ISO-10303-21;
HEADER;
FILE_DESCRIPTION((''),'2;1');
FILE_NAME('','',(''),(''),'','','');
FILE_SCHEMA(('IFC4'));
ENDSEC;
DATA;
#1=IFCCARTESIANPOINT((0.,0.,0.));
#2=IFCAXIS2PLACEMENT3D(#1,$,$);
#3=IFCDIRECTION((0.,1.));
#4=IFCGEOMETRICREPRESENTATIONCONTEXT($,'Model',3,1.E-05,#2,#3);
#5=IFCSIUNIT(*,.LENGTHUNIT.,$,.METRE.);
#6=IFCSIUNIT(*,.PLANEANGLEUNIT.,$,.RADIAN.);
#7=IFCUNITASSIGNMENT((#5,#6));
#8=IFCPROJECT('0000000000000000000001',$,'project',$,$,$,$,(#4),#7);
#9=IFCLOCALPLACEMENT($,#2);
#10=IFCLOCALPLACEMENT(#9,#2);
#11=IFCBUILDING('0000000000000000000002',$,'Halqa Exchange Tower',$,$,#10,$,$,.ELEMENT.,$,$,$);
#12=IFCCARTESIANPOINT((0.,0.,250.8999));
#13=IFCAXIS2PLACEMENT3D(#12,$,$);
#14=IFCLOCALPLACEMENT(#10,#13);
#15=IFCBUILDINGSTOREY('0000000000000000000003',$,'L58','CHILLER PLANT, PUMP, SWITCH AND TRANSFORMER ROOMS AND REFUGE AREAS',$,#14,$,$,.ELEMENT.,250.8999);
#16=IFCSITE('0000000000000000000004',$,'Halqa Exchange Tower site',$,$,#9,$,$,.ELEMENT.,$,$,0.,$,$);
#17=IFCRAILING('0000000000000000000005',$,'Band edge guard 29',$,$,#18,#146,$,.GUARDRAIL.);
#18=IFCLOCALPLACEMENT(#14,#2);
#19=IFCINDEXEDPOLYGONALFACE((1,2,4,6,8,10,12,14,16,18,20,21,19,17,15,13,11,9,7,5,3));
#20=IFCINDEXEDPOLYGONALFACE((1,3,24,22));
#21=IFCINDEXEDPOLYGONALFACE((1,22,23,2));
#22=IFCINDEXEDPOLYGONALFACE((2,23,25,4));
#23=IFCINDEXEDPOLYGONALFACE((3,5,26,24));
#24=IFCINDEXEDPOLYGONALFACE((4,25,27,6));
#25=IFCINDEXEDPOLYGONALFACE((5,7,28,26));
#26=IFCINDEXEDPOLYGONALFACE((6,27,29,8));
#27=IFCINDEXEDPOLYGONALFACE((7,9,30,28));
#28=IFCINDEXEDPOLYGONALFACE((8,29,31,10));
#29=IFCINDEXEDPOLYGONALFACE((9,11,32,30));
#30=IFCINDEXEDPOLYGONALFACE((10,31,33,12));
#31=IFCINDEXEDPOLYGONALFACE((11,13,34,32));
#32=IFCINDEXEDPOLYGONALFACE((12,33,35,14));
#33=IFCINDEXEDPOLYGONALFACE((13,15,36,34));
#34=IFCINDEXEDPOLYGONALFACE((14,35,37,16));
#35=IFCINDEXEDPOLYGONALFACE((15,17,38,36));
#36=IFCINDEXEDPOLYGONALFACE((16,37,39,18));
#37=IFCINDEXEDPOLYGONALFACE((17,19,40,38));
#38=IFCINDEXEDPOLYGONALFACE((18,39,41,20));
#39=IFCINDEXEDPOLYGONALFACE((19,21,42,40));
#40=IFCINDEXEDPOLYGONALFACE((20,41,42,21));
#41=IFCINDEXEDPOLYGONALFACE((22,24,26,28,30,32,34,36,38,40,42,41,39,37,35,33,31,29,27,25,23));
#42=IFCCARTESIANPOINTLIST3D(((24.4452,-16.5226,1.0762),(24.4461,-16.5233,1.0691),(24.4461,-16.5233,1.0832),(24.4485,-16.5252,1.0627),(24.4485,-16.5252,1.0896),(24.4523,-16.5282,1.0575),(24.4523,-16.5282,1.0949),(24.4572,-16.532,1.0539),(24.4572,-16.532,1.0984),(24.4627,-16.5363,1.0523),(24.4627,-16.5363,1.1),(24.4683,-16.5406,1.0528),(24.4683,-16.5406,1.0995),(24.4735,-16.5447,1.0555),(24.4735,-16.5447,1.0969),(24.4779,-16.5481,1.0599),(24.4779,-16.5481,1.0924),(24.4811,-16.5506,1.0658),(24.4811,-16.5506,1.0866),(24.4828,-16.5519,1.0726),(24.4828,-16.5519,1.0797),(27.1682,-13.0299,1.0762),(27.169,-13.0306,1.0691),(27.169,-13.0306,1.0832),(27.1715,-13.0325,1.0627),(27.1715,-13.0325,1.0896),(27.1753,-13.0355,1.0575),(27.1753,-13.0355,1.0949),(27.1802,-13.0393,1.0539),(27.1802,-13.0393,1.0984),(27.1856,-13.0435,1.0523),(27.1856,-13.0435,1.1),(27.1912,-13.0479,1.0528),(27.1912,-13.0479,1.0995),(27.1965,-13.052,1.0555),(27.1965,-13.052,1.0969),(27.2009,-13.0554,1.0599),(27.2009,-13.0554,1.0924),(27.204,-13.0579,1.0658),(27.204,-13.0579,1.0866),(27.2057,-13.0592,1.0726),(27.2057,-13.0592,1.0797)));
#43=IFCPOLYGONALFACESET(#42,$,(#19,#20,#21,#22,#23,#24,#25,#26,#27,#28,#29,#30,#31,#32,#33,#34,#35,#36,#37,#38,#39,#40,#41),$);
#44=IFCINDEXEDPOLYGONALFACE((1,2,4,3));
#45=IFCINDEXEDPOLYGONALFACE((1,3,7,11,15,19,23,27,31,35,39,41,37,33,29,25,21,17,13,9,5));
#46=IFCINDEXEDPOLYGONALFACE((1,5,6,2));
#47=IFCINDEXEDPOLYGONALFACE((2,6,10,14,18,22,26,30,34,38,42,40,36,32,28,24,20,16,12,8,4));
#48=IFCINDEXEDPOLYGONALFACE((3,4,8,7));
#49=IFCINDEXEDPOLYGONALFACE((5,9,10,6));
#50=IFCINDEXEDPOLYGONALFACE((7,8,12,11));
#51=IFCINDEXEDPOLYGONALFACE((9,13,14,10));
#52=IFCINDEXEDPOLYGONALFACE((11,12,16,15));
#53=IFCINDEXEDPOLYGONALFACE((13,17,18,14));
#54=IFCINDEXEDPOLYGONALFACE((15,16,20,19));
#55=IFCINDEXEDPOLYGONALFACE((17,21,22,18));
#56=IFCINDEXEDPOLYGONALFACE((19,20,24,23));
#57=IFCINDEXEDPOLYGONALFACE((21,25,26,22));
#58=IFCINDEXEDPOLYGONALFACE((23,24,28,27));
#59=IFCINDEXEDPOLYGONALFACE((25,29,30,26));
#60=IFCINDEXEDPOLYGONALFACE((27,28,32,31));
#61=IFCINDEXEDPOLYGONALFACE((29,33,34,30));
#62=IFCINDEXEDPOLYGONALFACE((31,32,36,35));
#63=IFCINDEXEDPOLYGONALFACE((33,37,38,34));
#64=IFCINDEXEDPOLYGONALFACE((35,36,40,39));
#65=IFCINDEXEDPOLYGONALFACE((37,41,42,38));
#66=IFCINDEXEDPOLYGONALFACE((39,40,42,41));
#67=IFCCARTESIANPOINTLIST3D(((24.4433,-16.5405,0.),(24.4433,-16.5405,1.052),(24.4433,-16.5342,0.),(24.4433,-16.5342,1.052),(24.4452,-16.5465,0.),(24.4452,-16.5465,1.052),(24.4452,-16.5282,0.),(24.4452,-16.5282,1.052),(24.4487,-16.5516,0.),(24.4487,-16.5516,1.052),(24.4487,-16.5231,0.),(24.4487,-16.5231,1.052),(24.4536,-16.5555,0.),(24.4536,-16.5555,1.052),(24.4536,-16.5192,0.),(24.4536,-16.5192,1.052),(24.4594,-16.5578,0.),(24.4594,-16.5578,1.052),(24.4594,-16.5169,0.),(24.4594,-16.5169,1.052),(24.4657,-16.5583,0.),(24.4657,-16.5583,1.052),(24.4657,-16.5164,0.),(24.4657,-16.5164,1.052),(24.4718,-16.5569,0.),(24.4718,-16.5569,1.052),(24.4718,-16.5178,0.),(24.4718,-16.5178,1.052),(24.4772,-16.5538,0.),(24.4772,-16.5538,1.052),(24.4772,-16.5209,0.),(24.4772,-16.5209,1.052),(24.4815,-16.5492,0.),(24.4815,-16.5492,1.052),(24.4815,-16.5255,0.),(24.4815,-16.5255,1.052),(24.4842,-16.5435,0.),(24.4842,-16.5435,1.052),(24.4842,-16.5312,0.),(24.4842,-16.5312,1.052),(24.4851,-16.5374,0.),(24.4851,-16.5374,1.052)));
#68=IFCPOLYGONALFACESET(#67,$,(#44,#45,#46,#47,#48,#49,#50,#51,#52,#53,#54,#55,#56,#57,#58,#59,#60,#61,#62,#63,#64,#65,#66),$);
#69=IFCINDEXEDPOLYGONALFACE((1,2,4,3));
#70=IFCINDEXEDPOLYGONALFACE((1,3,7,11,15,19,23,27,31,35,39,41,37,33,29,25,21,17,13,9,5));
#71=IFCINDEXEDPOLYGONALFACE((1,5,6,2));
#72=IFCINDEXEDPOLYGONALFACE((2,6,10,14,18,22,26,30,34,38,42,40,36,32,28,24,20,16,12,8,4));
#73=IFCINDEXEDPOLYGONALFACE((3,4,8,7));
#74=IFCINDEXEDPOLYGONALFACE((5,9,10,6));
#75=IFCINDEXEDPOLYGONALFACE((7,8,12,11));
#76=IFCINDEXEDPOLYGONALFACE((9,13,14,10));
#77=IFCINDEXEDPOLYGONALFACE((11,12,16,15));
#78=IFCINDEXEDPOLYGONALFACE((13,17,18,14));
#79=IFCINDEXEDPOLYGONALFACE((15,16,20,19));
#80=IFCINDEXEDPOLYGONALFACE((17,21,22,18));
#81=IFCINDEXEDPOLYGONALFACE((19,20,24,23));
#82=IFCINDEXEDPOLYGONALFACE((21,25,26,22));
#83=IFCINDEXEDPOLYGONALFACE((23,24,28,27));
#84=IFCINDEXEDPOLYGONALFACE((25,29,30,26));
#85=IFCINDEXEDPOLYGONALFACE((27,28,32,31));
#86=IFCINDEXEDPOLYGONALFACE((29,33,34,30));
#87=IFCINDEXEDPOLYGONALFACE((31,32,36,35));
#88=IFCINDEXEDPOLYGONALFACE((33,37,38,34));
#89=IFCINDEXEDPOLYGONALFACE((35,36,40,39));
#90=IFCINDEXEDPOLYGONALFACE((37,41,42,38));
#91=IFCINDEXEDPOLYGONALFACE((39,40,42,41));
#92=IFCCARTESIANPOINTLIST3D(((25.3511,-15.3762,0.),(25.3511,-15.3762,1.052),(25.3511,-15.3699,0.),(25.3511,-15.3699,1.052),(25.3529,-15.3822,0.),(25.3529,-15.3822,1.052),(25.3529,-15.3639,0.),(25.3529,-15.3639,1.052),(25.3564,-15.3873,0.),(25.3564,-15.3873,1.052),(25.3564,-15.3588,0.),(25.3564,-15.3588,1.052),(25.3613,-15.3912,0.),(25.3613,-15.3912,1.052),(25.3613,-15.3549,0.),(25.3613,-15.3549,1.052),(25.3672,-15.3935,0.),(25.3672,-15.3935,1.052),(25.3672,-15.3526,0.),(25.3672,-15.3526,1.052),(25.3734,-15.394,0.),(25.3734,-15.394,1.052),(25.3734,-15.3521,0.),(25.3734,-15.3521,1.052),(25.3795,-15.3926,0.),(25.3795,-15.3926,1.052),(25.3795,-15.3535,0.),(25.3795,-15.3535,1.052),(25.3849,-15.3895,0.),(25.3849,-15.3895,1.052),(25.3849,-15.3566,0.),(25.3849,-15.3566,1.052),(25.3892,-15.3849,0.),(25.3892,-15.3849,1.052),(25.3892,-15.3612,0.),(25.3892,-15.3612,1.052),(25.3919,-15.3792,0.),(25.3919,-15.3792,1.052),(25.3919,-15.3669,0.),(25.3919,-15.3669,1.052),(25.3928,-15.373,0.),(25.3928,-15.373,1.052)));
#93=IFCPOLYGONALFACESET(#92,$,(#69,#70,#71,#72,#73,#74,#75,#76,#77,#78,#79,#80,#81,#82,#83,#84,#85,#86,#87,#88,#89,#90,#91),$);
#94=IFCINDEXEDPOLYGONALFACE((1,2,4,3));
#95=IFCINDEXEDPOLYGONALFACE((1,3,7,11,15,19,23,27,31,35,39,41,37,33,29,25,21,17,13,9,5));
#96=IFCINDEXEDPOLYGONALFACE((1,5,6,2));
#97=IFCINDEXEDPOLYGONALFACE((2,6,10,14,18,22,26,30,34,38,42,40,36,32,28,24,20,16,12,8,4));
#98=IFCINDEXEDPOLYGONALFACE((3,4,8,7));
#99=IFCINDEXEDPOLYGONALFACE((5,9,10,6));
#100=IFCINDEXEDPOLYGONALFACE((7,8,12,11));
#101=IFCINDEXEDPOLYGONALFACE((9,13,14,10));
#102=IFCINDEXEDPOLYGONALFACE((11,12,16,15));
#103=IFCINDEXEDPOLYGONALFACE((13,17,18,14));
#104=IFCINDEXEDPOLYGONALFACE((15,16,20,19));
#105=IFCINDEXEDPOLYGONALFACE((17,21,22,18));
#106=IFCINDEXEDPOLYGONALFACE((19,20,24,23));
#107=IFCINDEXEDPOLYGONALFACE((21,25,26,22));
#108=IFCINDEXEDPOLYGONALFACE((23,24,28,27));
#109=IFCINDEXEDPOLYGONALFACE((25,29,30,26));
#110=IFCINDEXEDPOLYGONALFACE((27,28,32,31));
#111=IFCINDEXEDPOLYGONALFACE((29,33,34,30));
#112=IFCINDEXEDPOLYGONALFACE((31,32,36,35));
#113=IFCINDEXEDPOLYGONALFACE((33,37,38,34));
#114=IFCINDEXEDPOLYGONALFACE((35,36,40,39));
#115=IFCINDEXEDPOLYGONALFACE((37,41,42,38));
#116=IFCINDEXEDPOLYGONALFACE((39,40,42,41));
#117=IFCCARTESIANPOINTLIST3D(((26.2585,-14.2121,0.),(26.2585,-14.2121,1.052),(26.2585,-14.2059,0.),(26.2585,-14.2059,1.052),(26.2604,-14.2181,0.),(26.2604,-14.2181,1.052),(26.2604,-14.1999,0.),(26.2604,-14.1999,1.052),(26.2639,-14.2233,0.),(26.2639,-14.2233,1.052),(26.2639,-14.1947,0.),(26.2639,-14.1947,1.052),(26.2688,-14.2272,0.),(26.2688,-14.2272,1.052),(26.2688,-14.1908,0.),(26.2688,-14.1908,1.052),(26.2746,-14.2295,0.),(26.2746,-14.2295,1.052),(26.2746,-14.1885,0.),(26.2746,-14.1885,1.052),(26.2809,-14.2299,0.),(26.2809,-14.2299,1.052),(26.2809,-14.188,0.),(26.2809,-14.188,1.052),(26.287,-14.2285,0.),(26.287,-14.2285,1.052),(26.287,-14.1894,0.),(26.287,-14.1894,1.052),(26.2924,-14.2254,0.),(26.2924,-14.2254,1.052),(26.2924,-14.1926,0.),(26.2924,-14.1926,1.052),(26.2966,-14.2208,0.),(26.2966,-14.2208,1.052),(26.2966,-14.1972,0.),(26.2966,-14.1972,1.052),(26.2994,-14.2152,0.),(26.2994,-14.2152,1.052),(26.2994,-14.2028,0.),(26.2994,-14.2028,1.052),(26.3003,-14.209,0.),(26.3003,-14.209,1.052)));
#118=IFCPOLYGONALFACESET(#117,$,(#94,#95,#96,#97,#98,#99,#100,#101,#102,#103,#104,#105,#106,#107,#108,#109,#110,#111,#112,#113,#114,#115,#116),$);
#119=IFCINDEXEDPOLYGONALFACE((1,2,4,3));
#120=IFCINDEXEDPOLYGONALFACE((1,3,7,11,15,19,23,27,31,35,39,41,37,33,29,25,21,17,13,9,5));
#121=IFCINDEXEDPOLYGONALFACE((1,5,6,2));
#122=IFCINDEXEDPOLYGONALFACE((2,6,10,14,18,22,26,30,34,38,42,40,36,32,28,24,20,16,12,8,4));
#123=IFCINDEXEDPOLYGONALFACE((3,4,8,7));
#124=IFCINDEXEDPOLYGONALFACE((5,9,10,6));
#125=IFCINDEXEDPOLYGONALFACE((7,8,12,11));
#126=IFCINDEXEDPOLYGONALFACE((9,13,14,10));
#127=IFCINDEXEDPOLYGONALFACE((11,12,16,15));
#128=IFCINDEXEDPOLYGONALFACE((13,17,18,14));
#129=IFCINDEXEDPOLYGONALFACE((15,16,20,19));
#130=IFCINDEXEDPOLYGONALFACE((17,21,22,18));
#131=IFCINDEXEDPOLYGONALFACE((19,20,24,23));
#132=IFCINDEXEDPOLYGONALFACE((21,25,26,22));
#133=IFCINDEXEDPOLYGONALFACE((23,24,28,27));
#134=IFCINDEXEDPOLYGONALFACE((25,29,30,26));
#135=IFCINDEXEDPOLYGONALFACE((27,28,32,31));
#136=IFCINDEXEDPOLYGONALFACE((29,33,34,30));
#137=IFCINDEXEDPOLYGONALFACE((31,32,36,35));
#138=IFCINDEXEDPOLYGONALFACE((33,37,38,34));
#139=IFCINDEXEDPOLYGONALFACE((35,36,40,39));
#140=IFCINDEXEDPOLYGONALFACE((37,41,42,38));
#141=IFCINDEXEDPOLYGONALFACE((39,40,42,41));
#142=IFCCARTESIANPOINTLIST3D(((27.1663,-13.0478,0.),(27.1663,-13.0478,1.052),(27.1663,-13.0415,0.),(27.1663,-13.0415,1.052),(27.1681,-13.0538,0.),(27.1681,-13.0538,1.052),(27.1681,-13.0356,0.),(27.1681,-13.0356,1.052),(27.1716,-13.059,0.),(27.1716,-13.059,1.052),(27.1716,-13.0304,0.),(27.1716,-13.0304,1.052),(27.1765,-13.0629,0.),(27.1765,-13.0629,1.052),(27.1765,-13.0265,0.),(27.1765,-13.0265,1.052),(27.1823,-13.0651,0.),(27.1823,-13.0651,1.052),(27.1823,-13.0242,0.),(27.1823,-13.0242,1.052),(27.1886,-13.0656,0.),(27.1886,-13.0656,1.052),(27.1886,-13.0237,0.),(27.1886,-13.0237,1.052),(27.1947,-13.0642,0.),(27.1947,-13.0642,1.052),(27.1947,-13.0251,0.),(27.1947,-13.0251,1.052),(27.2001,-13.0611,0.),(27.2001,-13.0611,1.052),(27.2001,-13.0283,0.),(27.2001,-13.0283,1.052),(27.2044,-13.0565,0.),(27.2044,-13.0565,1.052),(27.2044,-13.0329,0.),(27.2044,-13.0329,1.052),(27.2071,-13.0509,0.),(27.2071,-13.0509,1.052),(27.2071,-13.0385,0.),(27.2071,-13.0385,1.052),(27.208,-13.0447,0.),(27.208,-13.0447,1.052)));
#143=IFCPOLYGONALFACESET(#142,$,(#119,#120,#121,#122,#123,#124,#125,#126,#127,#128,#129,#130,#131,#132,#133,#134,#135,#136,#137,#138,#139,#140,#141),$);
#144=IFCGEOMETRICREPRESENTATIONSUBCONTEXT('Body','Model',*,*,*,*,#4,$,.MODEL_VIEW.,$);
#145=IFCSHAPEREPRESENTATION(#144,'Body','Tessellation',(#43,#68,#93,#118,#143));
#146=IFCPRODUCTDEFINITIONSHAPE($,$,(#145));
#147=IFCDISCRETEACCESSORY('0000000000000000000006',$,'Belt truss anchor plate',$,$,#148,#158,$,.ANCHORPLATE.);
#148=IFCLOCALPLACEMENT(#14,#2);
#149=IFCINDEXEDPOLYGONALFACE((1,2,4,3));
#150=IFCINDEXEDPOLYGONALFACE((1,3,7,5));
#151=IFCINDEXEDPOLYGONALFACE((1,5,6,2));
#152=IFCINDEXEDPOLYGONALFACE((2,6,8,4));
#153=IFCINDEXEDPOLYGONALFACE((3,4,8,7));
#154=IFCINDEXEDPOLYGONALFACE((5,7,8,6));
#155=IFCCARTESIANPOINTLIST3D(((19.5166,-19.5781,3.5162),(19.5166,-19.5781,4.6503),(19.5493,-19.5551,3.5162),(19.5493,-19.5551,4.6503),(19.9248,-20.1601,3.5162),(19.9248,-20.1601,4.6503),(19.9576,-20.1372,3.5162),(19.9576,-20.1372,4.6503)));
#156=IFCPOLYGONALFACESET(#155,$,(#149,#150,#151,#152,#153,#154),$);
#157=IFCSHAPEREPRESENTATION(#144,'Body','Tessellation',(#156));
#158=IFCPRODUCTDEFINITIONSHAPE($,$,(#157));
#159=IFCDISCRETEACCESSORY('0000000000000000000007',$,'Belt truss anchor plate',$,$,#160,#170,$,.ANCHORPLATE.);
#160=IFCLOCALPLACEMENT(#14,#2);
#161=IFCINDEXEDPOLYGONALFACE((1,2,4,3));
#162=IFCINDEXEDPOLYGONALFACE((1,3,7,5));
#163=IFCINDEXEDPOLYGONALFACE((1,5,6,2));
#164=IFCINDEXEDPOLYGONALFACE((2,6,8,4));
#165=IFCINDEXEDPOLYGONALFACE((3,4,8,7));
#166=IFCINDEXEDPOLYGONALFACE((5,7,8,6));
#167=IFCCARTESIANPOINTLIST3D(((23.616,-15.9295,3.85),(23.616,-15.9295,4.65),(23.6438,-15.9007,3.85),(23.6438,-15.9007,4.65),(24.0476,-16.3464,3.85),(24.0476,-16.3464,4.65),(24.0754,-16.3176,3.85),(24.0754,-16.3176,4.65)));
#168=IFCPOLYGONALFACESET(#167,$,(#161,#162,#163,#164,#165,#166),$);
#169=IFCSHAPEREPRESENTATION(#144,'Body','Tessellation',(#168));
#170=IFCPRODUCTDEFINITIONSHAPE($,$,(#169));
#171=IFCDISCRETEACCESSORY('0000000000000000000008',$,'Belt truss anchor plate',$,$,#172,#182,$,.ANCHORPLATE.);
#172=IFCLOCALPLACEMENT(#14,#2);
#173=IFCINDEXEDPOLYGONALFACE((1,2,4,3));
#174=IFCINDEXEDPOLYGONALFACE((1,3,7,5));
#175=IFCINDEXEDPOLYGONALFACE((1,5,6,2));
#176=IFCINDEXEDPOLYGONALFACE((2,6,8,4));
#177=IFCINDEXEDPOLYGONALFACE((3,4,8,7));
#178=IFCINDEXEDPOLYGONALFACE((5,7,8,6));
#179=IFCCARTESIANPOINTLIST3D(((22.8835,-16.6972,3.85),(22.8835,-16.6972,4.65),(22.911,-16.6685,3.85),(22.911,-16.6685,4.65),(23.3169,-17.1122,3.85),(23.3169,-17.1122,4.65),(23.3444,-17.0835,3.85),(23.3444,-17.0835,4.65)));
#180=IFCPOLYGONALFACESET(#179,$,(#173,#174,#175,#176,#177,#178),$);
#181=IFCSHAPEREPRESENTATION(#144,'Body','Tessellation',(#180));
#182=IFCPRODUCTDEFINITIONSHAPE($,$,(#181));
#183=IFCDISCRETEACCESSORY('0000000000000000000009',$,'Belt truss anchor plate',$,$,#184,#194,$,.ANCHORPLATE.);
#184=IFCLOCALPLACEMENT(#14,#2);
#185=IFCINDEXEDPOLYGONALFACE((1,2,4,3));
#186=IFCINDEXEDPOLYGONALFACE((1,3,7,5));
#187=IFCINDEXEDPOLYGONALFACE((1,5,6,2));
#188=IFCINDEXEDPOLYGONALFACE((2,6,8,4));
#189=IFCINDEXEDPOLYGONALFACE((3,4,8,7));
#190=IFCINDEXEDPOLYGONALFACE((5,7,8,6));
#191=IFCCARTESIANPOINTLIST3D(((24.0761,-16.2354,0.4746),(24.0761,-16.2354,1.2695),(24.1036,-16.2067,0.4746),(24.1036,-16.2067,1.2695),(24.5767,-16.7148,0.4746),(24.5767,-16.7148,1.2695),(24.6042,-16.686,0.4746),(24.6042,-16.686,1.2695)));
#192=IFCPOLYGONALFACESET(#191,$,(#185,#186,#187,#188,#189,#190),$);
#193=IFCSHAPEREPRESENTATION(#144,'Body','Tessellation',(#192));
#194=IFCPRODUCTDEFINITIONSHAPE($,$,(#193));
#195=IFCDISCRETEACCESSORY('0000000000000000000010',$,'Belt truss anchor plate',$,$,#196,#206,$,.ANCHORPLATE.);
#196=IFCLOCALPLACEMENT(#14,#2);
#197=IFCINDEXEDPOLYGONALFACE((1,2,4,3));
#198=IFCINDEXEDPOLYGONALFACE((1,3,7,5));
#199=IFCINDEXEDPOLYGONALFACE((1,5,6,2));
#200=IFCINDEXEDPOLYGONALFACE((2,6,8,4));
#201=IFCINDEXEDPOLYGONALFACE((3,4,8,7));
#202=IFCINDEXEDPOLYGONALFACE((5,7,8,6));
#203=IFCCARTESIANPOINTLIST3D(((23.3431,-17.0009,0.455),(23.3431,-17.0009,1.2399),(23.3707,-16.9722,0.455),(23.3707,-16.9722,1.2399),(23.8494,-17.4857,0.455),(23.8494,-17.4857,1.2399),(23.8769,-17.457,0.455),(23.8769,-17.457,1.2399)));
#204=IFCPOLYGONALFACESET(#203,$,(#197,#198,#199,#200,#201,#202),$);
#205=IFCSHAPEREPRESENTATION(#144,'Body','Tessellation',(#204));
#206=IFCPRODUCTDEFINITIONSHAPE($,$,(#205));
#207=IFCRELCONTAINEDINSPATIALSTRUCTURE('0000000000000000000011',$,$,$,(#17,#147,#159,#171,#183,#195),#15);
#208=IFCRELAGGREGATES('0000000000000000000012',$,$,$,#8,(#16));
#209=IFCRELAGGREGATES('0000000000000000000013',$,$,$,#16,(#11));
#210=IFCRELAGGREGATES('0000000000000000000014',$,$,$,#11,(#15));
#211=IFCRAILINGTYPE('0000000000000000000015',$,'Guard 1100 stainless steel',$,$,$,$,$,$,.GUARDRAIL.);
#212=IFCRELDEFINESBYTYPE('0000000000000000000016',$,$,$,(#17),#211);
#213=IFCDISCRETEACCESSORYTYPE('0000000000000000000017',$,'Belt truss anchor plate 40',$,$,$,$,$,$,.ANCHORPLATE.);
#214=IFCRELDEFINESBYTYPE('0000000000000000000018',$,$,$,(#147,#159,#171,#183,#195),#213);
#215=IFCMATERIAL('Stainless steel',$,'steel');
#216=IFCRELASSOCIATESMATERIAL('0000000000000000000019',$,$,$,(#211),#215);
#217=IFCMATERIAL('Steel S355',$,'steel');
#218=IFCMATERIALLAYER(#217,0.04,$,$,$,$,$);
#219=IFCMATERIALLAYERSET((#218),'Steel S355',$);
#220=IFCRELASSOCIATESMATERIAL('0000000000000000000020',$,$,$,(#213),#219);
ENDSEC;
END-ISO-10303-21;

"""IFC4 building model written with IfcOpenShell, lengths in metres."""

from ifc_helpers import new_model, si_unit, direction, frame, origin, origin_2d, place, context, subcontext, project, spatial, rectangle, circle, extrude, material, layer, layer_set, type_object, element, save


model = new_model("IFC4")

# Units and contexts
model_context = context("Model", 3, precision=1e-05, world=origin(), true_north=direction((0.0, 1.0)))
body_context = subcontext(model_context, "Body", "Model", "MODEL_VIEW")
ifc_project = project(units=[si_unit("LENGTHUNIT", "METRE"), si_unit("PLANEANGLEUNIT", "RADIAN")], contexts=[model_context])

# Site, building, storey
site_placement = place(None, origin())
site = spatial("IfcSite", under=ifc_project, at=site_placement, Name="Halqa Exchange Tower site", CompositionType="ELEMENT", RefElevation=0.0)
building_placement = place(site_placement, origin())
building = spatial("IfcBuilding", under=site, at=building_placement, Name="Halqa Exchange Tower", CompositionType="ELEMENT")
storey_placement = place(building_placement, frame((0.0, 0.0, 250.8999)))
storey = spatial("IfcBuildingStorey", under=building, at=storey_placement, Name="L58", Description="CHILLER PLANT, PUMP, SWITCH AND TRANSFORMER ROOMS AND REFUGE AREAS", CompositionType="ELEMENT", Elevation=250.8999)

# Shared definitions
ifc_material_1 = material(Name="Steel S355", Category="steel")

# Railing
ifc_material_2 = material(Name="Stainless steel", Category="steel")
railing_type = type_object("IfcRailingType", Name="Guard 1100 stainless steel", PredefinedType="GUARDRAIL", material=ifc_material_2)
railing_1_placement = place(storey_placement, frame((24.4641, -16.5374, 0.0)))
element("IfcRailing", 1, at=railing_1_placement, inside=storey, type_object=railing_type, Name="Band edge guard 29", PredefinedType="GUARDRAIL", context=body_context, shape_type="SweptSolid", body=[
    extrude(circle(Radius=0.0239, at=origin_2d()), frame((0.0, 0.0, 1.0762), z_axis=(0.614837, 0.788654, 0.0), x_axis=(-0.788654, 0.614837, 0.0)), (0.0, 0.0, 1.0), 4.4287),
    extrude(circle(Radius=0.021, at=origin_2d()), origin(), (0.0, 0.0, 1.0), 1.052),
    extrude(circle(Radius=0.021, at=origin_2d()), frame((0.9077, 1.1643, 0.0)), (0.0, 0.0, 1.0), 1.052),
    extrude(circle(Radius=0.021, at=origin_2d()), frame((1.8152, 2.3284, 0.0)), (0.0, 0.0, 1.0), 1.052),
    extrude(circle(Radius=0.021, at=origin_2d()), frame((2.7229, 3.4927, 0.0)), (0.0, 0.0, 1.0), 1.052),
])

# Discrete accessories
ifc_layer_1 = layer(ifc_material_1, 0.04)
ifc_layer_set_1 = layer_set([ifc_layer_1], Name="Steel S355")
discrete_accessory_type = type_object("IfcDiscreteAccessoryType", Name="Belt truss anchor plate 40", PredefinedType="ANCHORPLATE", material=ifc_layer_set_1)
discrete_accessory_1_placement = place(storey_placement, frame((19.7207, -19.8691, 4.0833), z_axis=(0.818657, 0.574282, 0.0), x_axis=(-0.574282, 0.818657, 0.0)))
element("IfcDiscreteAccessory", 2, at=discrete_accessory_1_placement, inside=storey, type_object=discrete_accessory_type, Name="Belt truss anchor plate", PredefinedType="ANCHORPLATE", context=body_context, shape_type="SweptSolid", body=[
    extrude(rectangle(XDim=0.7109, YDim=1.134, at=origin_2d()), origin(), (0.0, 0.0, 1.0), 0.04),
])
discrete_accessory_2_placement = place(storey_placement, frame((23.8318, -16.1379, 4.25), z_axis=(0.694812, 0.719191, 0.0), x_axis=(-0.719191, 0.694812, 0.0)))
element("IfcDiscreteAccessory", 3, at=discrete_accessory_2_placement, inside=storey, type_object=discrete_accessory_type, Name="Belt truss anchor plate", PredefinedType="ANCHORPLATE", context=body_context, shape_type="SweptSolid", body=[
    extrude(rectangle(XDim=0.6001, YDim=0.8, at=origin_2d()), origin(), (0.0, 0.0, 1.0), 0.04),
])
discrete_accessory_3_placement = place(storey_placement, frame((23.1277, -16.876, 4.25), z_axis=(-0.691639, -0.722243, 0.0), x_axis=(0.722243, -0.691639, 0.0)))
element("IfcDiscreteAccessory", 4, at=discrete_accessory_3_placement, inside=storey, type_object=discrete_accessory_type, Name="Belt truss anchor plate", PredefinedType="ANCHORPLATE", context=body_context, shape_type="SweptSolid", body=[
    extrude(rectangle(XDim=0.6001, YDim=0.8, at=origin_2d()), origin(), (0.0, 0.0, 1.0), 0.0398),
])
discrete_accessory_4_placement = place(storey_placement, frame((24.3264, -16.4751, 0.8721), z_axis=(0.691639, 0.722243, 0.0), x_axis=(-0.722243, 0.691639, 0.0)))
element("IfcDiscreteAccessory", 5, at=discrete_accessory_4_placement, inside=storey, type_object=discrete_accessory_type, Name="Belt truss anchor plate", PredefinedType="ANCHORPLATE", context=body_context, shape_type="SweptSolid", body=[
    extrude(rectangle(XDim=0.6931, YDim=0.7949, at=origin_2d()), origin(), (0.0, 0.0, 1.0), 0.0398),
])
discrete_accessory_5_placement = place(storey_placement, frame((23.6238, -17.2146, 0.8474), z_axis=(-0.691639, -0.722243, 0.0), x_axis=(0.722243, -0.691639, 0.0)))
element("IfcDiscreteAccessory", 6, at=discrete_accessory_5_placement, inside=storey, type_object=discrete_accessory_type, Name="Belt truss anchor plate", PredefinedType="ANCHORPLATE", context=body_context, shape_type="SweptSolid", body=[
    extrude(rectangle(XDim=0.7009, YDim=0.7849, at=origin_2d()), origin(), (0.0, 0.0, 1.0), 0.0398),
])

save(model, "model.ifc")
